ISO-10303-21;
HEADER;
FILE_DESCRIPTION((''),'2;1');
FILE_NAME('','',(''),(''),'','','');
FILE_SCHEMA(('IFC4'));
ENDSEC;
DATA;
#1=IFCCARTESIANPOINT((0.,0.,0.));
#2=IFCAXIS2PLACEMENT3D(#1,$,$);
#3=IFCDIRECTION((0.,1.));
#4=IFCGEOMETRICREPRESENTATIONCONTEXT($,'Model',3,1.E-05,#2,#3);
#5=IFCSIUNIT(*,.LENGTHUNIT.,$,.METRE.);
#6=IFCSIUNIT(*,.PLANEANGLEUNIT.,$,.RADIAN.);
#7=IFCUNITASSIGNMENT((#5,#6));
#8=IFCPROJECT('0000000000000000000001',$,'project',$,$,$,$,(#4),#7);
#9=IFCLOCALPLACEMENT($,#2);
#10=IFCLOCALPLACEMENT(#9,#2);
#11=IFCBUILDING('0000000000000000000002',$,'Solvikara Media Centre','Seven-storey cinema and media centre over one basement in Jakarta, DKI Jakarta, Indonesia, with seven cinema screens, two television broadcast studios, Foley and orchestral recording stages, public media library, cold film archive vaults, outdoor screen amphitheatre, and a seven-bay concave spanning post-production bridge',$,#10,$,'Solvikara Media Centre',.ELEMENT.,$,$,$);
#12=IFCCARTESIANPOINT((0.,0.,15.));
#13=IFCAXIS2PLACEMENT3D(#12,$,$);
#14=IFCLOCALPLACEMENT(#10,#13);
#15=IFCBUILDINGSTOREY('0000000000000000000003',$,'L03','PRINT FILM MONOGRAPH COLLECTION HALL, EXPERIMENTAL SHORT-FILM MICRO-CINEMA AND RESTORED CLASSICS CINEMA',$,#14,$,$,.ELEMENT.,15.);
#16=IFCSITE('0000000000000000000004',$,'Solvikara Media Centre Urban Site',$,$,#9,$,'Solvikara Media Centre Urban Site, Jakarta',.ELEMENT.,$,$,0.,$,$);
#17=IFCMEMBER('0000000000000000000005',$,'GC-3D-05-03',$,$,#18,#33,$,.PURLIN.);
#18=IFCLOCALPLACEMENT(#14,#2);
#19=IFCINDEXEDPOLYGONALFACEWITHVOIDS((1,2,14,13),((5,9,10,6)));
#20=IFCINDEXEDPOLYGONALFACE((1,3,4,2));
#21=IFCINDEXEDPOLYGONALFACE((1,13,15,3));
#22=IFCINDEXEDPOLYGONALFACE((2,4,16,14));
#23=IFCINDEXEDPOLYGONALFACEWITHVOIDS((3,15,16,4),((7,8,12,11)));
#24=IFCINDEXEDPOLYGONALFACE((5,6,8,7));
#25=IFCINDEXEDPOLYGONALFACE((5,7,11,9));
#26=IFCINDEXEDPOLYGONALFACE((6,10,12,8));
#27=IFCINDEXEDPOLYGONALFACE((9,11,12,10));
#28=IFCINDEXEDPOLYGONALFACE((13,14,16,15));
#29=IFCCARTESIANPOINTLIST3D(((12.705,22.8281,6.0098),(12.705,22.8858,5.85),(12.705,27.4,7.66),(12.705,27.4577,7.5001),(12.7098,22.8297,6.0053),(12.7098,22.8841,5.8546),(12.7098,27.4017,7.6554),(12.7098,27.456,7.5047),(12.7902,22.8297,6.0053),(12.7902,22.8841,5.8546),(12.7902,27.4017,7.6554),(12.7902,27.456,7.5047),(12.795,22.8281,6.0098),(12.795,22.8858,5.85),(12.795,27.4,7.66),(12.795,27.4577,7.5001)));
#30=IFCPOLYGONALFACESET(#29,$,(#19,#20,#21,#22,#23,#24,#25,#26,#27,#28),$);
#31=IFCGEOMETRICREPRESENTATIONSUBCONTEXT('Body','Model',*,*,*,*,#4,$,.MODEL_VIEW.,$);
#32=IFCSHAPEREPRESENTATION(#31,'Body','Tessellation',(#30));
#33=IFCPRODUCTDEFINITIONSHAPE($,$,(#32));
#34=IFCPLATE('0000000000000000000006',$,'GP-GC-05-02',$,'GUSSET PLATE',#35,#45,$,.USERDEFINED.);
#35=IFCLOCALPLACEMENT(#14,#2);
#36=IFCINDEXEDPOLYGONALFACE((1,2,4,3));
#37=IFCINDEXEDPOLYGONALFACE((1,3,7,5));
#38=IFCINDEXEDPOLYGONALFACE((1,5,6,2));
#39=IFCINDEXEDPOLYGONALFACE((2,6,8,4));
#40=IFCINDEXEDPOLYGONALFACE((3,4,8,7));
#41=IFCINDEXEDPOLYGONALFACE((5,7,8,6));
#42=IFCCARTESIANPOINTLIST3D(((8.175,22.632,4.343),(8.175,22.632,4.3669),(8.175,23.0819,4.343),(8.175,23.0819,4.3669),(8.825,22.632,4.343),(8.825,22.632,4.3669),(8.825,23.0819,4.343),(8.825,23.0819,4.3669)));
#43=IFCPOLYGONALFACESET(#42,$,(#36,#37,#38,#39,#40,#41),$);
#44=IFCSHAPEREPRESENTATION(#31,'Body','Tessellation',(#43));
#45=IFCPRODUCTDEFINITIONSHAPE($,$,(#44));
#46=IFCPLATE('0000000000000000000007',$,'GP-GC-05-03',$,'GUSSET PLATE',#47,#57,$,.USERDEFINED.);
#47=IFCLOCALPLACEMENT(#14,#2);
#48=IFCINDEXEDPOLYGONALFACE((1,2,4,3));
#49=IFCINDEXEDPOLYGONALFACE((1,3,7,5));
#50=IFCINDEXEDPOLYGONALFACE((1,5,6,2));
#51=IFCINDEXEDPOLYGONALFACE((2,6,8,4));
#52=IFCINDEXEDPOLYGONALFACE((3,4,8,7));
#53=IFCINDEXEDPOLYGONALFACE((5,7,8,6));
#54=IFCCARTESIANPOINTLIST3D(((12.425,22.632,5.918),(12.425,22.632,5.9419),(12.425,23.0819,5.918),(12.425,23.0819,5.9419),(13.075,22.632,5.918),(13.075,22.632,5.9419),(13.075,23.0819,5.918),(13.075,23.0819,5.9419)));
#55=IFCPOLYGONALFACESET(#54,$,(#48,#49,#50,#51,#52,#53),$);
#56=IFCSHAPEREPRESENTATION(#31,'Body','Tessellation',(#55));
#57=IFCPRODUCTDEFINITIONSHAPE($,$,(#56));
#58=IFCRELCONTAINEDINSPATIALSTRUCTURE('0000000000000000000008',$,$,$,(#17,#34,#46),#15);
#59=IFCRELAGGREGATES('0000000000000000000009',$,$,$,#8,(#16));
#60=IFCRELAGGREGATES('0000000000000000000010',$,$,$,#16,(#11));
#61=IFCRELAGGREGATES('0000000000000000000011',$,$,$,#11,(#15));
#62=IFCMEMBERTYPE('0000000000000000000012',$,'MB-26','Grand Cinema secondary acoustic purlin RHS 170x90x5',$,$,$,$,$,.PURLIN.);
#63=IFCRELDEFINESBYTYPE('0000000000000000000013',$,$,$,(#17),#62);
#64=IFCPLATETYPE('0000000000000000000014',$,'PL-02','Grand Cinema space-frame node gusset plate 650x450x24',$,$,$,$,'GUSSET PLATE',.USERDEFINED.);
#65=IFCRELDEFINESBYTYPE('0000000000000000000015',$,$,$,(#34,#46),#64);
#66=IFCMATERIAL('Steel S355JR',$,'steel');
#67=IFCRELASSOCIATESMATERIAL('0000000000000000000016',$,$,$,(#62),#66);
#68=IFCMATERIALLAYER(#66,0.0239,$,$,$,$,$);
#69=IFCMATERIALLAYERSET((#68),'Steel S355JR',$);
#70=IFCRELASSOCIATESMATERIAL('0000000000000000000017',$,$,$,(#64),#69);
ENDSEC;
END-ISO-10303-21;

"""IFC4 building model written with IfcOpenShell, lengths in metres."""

from ifc_helpers import new_model, si_unit, direction, frame, origin, origin_2d, place, context, subcontext, project, spatial, rectangle, hollow_rectangle, extrude, material, layer, layer_set, material_profile, profile_set, type_object, element, save


model = new_model("IFC4")

# Units and contexts
model_context = context("Model", 3, precision=1e-05, world=origin(), true_north=direction((0.0, 1.0)))
body_context = subcontext(model_context, "Body", "Model", "MODEL_VIEW")
ifc_project = project(units=[si_unit("LENGTHUNIT", "METRE"), si_unit("PLANEANGLEUNIT", "RADIAN")], contexts=[model_context])

# Site, building, storey
site_placement = place(None, origin())
site = spatial("IfcSite", under=ifc_project, at=site_placement, Name="Solvikara Media Centre Urban Site", LongName="Solvikara Media Centre Urban Site, Jakarta", CompositionType="ELEMENT", RefElevation=0.0)
building_placement = place(site_placement, origin())
building = spatial("IfcBuilding", under=site, at=building_placement, Name="Solvikara Media Centre", Description="Seven-storey cinema and media centre over one basement in Jakarta, DKI Jakarta, Indonesia, with seven cinema screens, two television broadcast studios, Foley and orchestral recording stages, public media library, cold film archive vaults, outdoor screen amphitheatre, and a seven-bay concave spanning post-production bridge", LongName="Solvikara Media Centre", CompositionType="ELEMENT")
storey_placement = place(building_placement, frame((0.0, 0.0, 15.0)))
storey = spatial("IfcBuildingStorey", under=building, at=storey_placement, Name="L03", Description="PRINT FILM MONOGRAPH COLLECTION HALL, EXPERIMENTAL SHORT-FILM MICRO-CINEMA AND RESTORED CLASSICS CINEMA", CompositionType="ELEMENT", Elevation=15.0)

# Member
ifc_material = material(Name="Steel S355JR", Category="steel")
ifc_material_profile_1 = material_profile(ifc_material, hollow_rectangle(XDim=0.0901, YDim=0.1699, WallThickness=0.0049, at=origin_2d()), Name="RHS 170x90x5")
ifc_profile_set_1 = profile_set([ifc_material_profile_1], Name="Steel S355JR")
member_type_1 = type_object("IfcMemberType", Name="MB-26", Description="Grand Cinema secondary acoustic purlin RHS 170x90x5", PredefinedType="PURLIN", material=ifc_profile_set_1)
for number, where, z_axis, x_axis, name in (
    (1, (12.75, 22.8569, 5.9299), (0.0, 0.94061, 0.339488), (-1.0, 0.0, 0.0), "GC-3D-05-03"),
):
    element("IfcMember", number, at=place(storey_placement, frame(where, z_axis=z_axis, x_axis=x_axis)), inside=storey, type_object=member_type_1, Name=name, PredefinedType="PURLIN", context=body_context, shape_type="SweptSolid", body=[
        extrude(hollow_rectangle(XDim=0.0901, YDim=0.1699, WallThickness=0.0049, at=origin_2d()), origin(), (0.0, 0.0, 1.0), 4.8606),
    ])

# Plates
ifc_layer = layer(ifc_material, 0.0239)
ifc_layer_set = layer_set([ifc_layer], Name="Steel S355JR")
plate_type = type_object("IfcPlateType", Name="PL-02", Description="Grand Cinema space-frame node gusset plate 650x450x24", ElementType="GUSSET PLATE", PredefinedType="USERDEFINED", material=ifc_layer_set)
for number, where, z_axis, x_axis, name in (
    (2, (8.5, 22.8569, 4.343), (0.0, 0.0, 1.0), (1.0, 0.0, 0.0), "GP-GC-05-02"),
    (3, (12.75, 22.8569, 5.918), (0.0, 0.0, 1.0), (1.0, 0.0, 0.0), "GP-GC-05-03"),
):
    element("IfcPlate", number, at=place(storey_placement, frame(where, z_axis=z_axis, x_axis=x_axis)), inside=storey, type_object=plate_type, Name=name, ObjectType="GUSSET PLATE", PredefinedType="USERDEFINED", context=body_context, shape_type="SweptSolid", body=[
        extrude(rectangle(XDim=0.6499, YDim=0.45, at=origin_2d()), origin(), (0.0, 0.0, 1.0), 0.0239),
    ])

save(model, "model.ifc")
